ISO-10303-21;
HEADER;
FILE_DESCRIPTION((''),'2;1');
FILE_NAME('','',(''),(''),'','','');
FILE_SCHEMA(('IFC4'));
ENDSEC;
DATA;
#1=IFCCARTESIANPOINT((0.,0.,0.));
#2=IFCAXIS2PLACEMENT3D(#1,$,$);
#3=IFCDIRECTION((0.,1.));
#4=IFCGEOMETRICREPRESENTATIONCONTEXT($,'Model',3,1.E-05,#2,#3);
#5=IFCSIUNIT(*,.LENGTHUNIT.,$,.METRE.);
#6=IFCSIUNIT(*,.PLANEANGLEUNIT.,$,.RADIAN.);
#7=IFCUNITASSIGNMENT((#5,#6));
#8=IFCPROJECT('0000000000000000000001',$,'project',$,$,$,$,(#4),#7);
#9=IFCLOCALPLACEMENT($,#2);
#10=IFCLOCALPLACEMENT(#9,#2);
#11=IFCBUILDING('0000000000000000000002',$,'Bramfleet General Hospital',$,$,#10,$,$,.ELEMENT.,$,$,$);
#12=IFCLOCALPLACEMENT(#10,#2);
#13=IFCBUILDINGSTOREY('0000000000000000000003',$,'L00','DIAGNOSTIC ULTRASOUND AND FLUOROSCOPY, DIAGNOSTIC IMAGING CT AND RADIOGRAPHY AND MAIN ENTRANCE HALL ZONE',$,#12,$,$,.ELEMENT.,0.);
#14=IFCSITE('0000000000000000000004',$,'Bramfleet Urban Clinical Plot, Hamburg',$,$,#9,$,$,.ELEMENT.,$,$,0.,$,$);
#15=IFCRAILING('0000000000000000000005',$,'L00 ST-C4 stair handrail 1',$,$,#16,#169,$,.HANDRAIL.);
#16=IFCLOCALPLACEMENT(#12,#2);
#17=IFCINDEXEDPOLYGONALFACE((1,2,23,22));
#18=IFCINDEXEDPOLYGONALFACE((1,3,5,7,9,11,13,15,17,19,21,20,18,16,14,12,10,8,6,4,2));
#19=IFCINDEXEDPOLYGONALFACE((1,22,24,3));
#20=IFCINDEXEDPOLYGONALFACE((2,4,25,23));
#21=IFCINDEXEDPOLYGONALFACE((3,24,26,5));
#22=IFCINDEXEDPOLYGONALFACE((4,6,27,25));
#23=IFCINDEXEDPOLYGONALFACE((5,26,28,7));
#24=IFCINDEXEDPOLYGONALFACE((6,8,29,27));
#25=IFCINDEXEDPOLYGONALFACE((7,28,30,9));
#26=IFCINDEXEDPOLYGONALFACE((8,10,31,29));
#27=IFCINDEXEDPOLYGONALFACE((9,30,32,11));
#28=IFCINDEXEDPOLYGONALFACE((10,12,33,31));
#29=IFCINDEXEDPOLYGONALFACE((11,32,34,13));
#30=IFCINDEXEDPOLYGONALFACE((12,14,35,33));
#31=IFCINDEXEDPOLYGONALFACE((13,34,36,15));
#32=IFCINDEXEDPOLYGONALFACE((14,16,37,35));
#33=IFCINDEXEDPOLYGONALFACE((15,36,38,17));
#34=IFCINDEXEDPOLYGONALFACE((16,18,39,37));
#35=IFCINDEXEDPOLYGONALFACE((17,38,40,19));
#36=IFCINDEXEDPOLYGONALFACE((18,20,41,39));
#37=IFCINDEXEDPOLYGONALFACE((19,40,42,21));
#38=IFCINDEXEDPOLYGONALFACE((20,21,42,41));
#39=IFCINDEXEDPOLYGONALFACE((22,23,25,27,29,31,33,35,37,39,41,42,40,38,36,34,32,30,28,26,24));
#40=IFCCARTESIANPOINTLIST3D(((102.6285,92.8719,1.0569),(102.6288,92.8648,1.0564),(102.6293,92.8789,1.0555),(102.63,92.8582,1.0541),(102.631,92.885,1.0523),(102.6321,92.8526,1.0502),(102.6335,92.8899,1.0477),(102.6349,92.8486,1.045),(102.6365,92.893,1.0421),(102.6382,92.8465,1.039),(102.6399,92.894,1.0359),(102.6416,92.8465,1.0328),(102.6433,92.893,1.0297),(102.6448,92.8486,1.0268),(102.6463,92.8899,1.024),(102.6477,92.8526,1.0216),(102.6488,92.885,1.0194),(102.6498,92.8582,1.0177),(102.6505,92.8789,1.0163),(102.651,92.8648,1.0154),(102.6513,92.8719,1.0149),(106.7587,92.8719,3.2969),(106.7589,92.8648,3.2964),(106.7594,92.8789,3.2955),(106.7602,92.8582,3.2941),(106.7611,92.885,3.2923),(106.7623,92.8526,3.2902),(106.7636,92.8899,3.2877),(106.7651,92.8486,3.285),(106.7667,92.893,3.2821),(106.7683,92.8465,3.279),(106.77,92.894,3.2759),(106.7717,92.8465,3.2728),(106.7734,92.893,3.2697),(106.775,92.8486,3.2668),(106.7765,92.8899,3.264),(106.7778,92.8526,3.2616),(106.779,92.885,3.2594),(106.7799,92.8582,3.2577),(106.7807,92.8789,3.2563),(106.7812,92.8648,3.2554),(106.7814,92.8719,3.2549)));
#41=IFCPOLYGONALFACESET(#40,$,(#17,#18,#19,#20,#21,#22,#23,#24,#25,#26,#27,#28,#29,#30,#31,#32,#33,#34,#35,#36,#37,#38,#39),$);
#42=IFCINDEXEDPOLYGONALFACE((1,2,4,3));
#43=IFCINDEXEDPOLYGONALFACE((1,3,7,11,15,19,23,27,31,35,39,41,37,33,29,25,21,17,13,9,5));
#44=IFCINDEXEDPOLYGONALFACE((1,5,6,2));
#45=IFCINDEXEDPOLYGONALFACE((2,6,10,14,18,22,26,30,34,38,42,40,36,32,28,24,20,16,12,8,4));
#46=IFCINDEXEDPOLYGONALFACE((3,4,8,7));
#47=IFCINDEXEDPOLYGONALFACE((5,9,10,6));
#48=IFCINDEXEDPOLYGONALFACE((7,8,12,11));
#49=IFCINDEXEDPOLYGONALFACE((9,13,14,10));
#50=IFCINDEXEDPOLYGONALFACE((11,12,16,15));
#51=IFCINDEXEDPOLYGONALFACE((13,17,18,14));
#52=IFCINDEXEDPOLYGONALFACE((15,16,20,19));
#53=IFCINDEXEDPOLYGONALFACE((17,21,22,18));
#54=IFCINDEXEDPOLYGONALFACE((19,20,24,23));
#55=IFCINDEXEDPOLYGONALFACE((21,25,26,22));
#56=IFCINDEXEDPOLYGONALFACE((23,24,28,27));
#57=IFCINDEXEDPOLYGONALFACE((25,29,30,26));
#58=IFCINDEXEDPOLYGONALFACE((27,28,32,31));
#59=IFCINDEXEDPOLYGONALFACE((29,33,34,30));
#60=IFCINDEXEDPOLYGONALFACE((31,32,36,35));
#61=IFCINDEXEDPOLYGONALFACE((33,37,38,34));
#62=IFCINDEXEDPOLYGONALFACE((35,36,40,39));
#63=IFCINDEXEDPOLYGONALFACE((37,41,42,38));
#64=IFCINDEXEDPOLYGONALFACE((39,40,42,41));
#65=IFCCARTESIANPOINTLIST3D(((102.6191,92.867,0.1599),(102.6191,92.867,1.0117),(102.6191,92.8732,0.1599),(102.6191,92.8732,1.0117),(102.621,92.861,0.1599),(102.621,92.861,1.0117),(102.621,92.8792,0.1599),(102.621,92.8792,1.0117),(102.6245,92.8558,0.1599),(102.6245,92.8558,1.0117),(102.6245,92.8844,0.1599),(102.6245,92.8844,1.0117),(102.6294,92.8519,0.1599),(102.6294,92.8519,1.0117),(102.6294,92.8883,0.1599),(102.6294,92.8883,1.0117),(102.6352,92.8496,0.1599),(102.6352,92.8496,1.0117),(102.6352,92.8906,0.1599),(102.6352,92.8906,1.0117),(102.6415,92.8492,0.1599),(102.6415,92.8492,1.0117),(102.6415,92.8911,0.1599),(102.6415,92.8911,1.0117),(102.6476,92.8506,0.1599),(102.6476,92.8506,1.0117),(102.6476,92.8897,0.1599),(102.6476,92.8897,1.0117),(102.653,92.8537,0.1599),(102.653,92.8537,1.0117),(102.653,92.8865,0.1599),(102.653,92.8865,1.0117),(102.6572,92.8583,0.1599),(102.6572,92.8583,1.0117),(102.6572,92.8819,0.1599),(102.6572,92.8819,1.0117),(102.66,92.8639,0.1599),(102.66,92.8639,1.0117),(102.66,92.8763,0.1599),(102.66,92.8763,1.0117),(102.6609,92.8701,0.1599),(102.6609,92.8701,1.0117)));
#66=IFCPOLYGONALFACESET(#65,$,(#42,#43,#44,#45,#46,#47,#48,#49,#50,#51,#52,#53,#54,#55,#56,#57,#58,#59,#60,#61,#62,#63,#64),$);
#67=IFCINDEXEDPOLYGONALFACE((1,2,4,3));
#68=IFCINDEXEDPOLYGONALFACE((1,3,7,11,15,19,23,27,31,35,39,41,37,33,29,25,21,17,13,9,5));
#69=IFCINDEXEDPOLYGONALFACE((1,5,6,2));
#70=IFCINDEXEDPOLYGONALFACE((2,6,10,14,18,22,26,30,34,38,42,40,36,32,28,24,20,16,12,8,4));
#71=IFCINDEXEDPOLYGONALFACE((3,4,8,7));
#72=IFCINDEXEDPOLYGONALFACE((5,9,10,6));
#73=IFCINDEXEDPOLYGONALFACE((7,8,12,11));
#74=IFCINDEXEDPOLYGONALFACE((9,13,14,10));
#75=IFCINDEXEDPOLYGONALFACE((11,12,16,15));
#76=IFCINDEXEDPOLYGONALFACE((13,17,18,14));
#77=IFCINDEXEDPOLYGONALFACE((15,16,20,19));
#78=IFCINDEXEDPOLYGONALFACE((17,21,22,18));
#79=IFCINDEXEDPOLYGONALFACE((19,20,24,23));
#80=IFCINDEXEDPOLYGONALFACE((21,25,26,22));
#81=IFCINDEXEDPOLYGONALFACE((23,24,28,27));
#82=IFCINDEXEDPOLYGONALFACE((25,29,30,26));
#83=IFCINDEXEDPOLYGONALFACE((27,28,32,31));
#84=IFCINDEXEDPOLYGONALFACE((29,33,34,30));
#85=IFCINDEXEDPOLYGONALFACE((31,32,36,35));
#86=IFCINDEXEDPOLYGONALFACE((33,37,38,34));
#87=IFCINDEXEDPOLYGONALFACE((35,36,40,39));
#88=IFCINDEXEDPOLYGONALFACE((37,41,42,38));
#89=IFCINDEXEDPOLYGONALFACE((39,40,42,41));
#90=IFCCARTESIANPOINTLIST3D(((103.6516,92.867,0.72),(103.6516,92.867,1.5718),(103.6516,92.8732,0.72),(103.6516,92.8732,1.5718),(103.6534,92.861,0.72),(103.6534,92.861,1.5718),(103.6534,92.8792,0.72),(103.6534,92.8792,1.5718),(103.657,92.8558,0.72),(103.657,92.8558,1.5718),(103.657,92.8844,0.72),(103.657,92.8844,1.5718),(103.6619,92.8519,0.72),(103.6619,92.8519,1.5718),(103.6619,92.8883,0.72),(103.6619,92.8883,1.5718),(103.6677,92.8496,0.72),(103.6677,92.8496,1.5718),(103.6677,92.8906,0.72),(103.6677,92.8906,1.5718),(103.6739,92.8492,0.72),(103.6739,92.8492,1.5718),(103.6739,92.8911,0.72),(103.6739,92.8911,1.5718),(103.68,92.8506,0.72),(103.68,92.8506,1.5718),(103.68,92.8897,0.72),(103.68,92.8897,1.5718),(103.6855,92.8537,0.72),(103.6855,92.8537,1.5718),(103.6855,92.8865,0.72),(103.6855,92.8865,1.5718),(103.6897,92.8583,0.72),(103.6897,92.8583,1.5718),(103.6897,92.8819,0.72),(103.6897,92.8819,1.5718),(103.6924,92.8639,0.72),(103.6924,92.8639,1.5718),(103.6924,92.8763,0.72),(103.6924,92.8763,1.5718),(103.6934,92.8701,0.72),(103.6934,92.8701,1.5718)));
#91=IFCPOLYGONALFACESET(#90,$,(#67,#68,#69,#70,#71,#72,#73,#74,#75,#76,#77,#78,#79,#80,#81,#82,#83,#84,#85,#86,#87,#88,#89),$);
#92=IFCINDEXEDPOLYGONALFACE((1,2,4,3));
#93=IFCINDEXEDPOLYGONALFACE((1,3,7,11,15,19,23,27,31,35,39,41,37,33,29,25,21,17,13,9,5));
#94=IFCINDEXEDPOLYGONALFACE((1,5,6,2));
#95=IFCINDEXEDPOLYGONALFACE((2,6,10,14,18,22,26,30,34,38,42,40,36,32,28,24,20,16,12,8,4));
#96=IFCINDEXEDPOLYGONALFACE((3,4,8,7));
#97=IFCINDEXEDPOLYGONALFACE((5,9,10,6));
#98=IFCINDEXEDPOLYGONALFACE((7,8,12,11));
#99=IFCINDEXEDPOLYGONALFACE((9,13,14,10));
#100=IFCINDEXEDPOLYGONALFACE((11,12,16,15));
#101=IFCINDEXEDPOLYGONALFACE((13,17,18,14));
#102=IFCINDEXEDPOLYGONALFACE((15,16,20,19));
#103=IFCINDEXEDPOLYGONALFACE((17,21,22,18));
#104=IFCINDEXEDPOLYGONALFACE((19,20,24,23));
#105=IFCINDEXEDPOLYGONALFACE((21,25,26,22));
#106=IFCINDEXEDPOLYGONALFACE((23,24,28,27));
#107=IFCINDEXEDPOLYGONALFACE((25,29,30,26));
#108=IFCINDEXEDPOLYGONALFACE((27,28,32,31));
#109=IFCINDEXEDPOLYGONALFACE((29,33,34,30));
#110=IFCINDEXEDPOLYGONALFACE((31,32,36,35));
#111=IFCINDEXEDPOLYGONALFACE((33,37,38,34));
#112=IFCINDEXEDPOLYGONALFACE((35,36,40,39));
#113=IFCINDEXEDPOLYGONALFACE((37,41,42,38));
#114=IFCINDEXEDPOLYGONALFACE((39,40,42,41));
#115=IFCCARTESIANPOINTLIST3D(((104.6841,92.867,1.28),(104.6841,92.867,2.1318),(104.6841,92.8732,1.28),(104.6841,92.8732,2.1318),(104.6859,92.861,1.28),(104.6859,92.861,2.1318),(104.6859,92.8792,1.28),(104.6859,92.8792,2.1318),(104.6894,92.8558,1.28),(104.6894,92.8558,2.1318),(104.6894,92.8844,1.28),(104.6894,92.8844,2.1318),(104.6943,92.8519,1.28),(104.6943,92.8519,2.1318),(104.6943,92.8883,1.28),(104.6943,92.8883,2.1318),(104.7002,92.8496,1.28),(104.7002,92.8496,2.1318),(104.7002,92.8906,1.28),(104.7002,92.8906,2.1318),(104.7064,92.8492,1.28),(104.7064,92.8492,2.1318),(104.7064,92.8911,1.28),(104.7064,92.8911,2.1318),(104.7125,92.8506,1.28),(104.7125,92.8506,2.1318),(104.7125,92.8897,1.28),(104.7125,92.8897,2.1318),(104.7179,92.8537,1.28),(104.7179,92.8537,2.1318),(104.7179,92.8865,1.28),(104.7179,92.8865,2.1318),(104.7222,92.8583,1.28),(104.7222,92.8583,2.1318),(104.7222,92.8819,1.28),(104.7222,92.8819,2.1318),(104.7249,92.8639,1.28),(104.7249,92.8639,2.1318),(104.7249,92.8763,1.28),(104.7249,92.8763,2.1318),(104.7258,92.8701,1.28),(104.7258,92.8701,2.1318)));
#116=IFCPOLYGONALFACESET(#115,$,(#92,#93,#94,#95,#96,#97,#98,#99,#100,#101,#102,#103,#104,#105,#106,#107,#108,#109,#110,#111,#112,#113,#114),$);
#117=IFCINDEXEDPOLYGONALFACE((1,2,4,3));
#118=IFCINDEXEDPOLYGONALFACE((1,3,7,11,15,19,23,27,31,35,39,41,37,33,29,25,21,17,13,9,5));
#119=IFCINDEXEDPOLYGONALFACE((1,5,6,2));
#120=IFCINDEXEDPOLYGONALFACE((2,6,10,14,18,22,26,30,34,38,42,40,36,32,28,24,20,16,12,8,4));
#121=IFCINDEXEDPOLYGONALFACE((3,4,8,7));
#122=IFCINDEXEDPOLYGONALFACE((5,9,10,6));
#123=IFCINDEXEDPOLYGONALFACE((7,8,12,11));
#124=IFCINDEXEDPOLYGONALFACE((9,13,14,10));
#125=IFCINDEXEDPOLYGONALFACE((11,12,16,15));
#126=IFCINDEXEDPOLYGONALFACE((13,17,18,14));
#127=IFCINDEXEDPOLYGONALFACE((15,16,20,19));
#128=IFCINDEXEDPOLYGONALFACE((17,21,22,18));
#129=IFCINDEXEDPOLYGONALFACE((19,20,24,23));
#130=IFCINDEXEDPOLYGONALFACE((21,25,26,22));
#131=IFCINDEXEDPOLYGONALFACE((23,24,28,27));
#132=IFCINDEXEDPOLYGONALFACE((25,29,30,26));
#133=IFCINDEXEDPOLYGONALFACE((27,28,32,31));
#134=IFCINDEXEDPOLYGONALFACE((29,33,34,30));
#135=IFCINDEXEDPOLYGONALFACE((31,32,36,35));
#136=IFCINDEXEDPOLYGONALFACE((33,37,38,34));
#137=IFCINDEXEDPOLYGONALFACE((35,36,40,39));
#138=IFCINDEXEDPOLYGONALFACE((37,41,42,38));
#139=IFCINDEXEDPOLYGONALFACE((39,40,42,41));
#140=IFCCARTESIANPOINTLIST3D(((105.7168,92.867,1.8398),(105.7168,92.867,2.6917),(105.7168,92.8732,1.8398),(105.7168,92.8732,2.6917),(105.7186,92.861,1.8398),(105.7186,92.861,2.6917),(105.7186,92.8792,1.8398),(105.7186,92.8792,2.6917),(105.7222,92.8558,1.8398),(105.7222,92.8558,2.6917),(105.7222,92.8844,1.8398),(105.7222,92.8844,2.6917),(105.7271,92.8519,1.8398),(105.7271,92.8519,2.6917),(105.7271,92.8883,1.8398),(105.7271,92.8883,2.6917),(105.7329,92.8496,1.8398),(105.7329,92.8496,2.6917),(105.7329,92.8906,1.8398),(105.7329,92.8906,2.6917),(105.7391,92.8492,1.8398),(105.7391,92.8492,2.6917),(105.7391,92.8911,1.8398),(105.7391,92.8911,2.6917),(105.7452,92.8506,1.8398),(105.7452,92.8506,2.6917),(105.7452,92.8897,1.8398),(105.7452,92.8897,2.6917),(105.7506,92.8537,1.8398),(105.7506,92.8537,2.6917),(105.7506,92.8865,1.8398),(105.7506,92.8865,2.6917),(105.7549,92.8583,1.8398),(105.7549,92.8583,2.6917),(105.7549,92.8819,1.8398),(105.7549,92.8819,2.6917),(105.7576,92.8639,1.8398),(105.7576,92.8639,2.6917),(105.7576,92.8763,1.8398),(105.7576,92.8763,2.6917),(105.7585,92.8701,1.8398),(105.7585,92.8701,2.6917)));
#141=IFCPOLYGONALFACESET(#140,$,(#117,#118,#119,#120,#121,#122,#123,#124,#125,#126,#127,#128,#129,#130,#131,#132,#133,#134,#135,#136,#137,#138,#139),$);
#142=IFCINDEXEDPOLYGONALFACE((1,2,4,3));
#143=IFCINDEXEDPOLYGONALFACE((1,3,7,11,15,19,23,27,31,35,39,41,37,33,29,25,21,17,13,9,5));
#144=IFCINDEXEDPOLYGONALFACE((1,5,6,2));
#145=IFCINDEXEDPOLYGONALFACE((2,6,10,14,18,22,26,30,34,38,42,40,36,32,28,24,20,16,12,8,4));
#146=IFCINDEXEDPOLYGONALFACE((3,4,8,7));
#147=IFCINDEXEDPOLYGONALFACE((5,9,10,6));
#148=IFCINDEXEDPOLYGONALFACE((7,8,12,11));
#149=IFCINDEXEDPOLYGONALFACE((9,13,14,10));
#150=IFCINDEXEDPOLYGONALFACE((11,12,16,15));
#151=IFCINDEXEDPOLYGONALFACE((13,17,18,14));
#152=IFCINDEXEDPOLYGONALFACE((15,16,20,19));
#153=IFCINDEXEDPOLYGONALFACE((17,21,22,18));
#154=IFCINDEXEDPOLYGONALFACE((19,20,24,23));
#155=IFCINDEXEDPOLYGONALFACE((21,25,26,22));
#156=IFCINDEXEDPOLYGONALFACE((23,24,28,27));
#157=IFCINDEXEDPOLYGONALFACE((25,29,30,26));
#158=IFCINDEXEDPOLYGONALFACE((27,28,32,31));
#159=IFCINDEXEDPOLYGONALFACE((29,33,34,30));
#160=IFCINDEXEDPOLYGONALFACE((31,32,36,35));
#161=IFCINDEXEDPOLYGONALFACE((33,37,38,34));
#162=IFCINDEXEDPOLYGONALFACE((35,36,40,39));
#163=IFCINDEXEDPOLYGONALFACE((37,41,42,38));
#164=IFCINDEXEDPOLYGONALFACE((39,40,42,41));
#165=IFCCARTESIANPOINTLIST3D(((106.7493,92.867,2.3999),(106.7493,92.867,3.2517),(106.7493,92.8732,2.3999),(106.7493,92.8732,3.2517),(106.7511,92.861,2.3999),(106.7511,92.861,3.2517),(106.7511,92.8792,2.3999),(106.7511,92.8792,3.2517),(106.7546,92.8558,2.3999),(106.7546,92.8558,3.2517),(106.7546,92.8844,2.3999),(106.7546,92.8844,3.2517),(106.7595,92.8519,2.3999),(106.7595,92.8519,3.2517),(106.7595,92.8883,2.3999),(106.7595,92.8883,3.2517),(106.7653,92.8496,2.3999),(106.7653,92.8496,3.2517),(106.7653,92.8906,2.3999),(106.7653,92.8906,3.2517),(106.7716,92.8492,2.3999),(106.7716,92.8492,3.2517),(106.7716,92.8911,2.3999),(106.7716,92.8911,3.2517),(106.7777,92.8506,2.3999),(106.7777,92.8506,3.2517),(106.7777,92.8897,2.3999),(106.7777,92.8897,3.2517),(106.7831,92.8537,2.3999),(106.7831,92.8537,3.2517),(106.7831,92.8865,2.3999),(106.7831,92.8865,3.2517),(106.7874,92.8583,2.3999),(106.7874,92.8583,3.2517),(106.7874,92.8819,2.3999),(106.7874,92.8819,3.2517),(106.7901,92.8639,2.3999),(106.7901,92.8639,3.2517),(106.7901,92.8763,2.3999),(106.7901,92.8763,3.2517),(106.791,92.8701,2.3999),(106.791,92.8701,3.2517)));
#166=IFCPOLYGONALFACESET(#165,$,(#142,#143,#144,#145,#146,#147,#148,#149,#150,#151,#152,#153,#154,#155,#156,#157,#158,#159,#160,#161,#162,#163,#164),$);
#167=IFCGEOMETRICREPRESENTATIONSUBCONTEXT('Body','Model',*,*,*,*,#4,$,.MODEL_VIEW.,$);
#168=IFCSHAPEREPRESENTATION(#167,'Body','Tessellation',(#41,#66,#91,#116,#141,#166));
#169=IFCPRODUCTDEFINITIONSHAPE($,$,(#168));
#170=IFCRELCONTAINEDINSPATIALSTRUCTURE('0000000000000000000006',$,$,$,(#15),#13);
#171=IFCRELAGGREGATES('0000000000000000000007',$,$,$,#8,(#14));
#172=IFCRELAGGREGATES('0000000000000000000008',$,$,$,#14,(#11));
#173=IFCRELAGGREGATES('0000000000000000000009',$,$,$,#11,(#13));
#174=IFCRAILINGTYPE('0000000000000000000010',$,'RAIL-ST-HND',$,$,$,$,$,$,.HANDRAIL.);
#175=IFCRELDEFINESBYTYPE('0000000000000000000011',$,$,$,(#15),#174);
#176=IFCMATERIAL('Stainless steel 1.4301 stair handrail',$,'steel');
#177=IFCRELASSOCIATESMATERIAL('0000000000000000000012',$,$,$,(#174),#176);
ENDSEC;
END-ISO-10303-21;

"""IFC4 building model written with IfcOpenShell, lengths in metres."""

from ifc_helpers import new_model, si_unit, direction, frame, origin, origin_2d, place, context, subcontext, project, spatial, circle, extrude, material, type_object, element, save


model = new_model("IFC4")

# Units and contexts
model_context = context("Model", 3, precision=1e-05, world=origin(), true_north=direction((0.0, 1.0)))
body_context = subcontext(model_context, "Body", "Model", "MODEL_VIEW")
ifc_project = project(units=[si_unit("LENGTHUNIT", "METRE"), si_unit("PLANEANGLEUNIT", "RADIAN")], contexts=[model_context])

# Site, building, storey
site_placement = place(None, origin())
site = spatial("IfcSite", under=ifc_project, at=site_placement, Name="Bramfleet Urban Clinical Plot, Hamburg", CompositionType="ELEMENT", RefElevation=0.0)
building_placement = place(site_placement, origin())
building = spatial("IfcBuilding", under=site, at=building_placement, Name="Bramfleet General Hospital", CompositionType="ELEMENT")
storey_placement = place(building_placement, origin())
storey = spatial("IfcBuildingStorey", under=building, at=storey_placement, Name="L00", Description="DIAGNOSTIC ULTRASOUND AND FLUOROSCOPY, DIAGNOSTIC IMAGING CT AND RADIOGRAPHY AND MAIN ENTRANCE HALL ZONE", CompositionType="ELEMENT", Elevation=0.0)

# Railing
ifc_material_1 = material(Name="Stainless steel 1.4301 stair handrail", Category="steel")
railing_type_1 = type_object("IfcRailingType", Name="RAIL-ST-HND", PredefinedType="HANDRAIL", material=ifc_material_1)
railing_1_placement = place(storey_placement, frame((102.6399, 92.8701, 0.1599)))
element("IfcRailing", 1, at=railing_1_placement, inside=storey, type_object=railing_type_1, Name="L00 ST-C4 stair handrail 1", PredefinedType="HANDRAIL", context=body_context, shape_type="SweptSolid", body=[
    extrude(circle(Radius=0.0239, at=origin_2d()), frame((0.0, 0.0, 0.876), z_axis=(0.879039, 0.0, 0.47675), x_axis=(0.0, 1.0, 0.0)), (0.0, 0.0, 1.0), 4.6985),
    extrude(circle(Radius=0.021, at=origin_2d()), origin(), (0.0, 0.0, 1.0), 0.8518),
    extrude(circle(Radius=0.021, at=origin_2d()), frame((1.0325, 0.0, 0.5601)), (0.0, 0.0, 1.0), 0.8518),
    extrude(circle(Radius=0.021, at=origin_2d()), frame((2.0649, 0.0, 1.1201)), (0.0, 0.0, 1.0), 0.8518),
    extrude(circle(Radius=0.021, at=origin_2d()), frame((3.0977, 0.0, 1.6799)), (0.0, 0.0, 1.0), 0.8518),
    extrude(circle(Radius=0.021, at=origin_2d()), frame((4.1301, 0.0, 2.24)), (0.0, 0.0, 1.0), 0.8518),
])

save(model, "model.ifc")
